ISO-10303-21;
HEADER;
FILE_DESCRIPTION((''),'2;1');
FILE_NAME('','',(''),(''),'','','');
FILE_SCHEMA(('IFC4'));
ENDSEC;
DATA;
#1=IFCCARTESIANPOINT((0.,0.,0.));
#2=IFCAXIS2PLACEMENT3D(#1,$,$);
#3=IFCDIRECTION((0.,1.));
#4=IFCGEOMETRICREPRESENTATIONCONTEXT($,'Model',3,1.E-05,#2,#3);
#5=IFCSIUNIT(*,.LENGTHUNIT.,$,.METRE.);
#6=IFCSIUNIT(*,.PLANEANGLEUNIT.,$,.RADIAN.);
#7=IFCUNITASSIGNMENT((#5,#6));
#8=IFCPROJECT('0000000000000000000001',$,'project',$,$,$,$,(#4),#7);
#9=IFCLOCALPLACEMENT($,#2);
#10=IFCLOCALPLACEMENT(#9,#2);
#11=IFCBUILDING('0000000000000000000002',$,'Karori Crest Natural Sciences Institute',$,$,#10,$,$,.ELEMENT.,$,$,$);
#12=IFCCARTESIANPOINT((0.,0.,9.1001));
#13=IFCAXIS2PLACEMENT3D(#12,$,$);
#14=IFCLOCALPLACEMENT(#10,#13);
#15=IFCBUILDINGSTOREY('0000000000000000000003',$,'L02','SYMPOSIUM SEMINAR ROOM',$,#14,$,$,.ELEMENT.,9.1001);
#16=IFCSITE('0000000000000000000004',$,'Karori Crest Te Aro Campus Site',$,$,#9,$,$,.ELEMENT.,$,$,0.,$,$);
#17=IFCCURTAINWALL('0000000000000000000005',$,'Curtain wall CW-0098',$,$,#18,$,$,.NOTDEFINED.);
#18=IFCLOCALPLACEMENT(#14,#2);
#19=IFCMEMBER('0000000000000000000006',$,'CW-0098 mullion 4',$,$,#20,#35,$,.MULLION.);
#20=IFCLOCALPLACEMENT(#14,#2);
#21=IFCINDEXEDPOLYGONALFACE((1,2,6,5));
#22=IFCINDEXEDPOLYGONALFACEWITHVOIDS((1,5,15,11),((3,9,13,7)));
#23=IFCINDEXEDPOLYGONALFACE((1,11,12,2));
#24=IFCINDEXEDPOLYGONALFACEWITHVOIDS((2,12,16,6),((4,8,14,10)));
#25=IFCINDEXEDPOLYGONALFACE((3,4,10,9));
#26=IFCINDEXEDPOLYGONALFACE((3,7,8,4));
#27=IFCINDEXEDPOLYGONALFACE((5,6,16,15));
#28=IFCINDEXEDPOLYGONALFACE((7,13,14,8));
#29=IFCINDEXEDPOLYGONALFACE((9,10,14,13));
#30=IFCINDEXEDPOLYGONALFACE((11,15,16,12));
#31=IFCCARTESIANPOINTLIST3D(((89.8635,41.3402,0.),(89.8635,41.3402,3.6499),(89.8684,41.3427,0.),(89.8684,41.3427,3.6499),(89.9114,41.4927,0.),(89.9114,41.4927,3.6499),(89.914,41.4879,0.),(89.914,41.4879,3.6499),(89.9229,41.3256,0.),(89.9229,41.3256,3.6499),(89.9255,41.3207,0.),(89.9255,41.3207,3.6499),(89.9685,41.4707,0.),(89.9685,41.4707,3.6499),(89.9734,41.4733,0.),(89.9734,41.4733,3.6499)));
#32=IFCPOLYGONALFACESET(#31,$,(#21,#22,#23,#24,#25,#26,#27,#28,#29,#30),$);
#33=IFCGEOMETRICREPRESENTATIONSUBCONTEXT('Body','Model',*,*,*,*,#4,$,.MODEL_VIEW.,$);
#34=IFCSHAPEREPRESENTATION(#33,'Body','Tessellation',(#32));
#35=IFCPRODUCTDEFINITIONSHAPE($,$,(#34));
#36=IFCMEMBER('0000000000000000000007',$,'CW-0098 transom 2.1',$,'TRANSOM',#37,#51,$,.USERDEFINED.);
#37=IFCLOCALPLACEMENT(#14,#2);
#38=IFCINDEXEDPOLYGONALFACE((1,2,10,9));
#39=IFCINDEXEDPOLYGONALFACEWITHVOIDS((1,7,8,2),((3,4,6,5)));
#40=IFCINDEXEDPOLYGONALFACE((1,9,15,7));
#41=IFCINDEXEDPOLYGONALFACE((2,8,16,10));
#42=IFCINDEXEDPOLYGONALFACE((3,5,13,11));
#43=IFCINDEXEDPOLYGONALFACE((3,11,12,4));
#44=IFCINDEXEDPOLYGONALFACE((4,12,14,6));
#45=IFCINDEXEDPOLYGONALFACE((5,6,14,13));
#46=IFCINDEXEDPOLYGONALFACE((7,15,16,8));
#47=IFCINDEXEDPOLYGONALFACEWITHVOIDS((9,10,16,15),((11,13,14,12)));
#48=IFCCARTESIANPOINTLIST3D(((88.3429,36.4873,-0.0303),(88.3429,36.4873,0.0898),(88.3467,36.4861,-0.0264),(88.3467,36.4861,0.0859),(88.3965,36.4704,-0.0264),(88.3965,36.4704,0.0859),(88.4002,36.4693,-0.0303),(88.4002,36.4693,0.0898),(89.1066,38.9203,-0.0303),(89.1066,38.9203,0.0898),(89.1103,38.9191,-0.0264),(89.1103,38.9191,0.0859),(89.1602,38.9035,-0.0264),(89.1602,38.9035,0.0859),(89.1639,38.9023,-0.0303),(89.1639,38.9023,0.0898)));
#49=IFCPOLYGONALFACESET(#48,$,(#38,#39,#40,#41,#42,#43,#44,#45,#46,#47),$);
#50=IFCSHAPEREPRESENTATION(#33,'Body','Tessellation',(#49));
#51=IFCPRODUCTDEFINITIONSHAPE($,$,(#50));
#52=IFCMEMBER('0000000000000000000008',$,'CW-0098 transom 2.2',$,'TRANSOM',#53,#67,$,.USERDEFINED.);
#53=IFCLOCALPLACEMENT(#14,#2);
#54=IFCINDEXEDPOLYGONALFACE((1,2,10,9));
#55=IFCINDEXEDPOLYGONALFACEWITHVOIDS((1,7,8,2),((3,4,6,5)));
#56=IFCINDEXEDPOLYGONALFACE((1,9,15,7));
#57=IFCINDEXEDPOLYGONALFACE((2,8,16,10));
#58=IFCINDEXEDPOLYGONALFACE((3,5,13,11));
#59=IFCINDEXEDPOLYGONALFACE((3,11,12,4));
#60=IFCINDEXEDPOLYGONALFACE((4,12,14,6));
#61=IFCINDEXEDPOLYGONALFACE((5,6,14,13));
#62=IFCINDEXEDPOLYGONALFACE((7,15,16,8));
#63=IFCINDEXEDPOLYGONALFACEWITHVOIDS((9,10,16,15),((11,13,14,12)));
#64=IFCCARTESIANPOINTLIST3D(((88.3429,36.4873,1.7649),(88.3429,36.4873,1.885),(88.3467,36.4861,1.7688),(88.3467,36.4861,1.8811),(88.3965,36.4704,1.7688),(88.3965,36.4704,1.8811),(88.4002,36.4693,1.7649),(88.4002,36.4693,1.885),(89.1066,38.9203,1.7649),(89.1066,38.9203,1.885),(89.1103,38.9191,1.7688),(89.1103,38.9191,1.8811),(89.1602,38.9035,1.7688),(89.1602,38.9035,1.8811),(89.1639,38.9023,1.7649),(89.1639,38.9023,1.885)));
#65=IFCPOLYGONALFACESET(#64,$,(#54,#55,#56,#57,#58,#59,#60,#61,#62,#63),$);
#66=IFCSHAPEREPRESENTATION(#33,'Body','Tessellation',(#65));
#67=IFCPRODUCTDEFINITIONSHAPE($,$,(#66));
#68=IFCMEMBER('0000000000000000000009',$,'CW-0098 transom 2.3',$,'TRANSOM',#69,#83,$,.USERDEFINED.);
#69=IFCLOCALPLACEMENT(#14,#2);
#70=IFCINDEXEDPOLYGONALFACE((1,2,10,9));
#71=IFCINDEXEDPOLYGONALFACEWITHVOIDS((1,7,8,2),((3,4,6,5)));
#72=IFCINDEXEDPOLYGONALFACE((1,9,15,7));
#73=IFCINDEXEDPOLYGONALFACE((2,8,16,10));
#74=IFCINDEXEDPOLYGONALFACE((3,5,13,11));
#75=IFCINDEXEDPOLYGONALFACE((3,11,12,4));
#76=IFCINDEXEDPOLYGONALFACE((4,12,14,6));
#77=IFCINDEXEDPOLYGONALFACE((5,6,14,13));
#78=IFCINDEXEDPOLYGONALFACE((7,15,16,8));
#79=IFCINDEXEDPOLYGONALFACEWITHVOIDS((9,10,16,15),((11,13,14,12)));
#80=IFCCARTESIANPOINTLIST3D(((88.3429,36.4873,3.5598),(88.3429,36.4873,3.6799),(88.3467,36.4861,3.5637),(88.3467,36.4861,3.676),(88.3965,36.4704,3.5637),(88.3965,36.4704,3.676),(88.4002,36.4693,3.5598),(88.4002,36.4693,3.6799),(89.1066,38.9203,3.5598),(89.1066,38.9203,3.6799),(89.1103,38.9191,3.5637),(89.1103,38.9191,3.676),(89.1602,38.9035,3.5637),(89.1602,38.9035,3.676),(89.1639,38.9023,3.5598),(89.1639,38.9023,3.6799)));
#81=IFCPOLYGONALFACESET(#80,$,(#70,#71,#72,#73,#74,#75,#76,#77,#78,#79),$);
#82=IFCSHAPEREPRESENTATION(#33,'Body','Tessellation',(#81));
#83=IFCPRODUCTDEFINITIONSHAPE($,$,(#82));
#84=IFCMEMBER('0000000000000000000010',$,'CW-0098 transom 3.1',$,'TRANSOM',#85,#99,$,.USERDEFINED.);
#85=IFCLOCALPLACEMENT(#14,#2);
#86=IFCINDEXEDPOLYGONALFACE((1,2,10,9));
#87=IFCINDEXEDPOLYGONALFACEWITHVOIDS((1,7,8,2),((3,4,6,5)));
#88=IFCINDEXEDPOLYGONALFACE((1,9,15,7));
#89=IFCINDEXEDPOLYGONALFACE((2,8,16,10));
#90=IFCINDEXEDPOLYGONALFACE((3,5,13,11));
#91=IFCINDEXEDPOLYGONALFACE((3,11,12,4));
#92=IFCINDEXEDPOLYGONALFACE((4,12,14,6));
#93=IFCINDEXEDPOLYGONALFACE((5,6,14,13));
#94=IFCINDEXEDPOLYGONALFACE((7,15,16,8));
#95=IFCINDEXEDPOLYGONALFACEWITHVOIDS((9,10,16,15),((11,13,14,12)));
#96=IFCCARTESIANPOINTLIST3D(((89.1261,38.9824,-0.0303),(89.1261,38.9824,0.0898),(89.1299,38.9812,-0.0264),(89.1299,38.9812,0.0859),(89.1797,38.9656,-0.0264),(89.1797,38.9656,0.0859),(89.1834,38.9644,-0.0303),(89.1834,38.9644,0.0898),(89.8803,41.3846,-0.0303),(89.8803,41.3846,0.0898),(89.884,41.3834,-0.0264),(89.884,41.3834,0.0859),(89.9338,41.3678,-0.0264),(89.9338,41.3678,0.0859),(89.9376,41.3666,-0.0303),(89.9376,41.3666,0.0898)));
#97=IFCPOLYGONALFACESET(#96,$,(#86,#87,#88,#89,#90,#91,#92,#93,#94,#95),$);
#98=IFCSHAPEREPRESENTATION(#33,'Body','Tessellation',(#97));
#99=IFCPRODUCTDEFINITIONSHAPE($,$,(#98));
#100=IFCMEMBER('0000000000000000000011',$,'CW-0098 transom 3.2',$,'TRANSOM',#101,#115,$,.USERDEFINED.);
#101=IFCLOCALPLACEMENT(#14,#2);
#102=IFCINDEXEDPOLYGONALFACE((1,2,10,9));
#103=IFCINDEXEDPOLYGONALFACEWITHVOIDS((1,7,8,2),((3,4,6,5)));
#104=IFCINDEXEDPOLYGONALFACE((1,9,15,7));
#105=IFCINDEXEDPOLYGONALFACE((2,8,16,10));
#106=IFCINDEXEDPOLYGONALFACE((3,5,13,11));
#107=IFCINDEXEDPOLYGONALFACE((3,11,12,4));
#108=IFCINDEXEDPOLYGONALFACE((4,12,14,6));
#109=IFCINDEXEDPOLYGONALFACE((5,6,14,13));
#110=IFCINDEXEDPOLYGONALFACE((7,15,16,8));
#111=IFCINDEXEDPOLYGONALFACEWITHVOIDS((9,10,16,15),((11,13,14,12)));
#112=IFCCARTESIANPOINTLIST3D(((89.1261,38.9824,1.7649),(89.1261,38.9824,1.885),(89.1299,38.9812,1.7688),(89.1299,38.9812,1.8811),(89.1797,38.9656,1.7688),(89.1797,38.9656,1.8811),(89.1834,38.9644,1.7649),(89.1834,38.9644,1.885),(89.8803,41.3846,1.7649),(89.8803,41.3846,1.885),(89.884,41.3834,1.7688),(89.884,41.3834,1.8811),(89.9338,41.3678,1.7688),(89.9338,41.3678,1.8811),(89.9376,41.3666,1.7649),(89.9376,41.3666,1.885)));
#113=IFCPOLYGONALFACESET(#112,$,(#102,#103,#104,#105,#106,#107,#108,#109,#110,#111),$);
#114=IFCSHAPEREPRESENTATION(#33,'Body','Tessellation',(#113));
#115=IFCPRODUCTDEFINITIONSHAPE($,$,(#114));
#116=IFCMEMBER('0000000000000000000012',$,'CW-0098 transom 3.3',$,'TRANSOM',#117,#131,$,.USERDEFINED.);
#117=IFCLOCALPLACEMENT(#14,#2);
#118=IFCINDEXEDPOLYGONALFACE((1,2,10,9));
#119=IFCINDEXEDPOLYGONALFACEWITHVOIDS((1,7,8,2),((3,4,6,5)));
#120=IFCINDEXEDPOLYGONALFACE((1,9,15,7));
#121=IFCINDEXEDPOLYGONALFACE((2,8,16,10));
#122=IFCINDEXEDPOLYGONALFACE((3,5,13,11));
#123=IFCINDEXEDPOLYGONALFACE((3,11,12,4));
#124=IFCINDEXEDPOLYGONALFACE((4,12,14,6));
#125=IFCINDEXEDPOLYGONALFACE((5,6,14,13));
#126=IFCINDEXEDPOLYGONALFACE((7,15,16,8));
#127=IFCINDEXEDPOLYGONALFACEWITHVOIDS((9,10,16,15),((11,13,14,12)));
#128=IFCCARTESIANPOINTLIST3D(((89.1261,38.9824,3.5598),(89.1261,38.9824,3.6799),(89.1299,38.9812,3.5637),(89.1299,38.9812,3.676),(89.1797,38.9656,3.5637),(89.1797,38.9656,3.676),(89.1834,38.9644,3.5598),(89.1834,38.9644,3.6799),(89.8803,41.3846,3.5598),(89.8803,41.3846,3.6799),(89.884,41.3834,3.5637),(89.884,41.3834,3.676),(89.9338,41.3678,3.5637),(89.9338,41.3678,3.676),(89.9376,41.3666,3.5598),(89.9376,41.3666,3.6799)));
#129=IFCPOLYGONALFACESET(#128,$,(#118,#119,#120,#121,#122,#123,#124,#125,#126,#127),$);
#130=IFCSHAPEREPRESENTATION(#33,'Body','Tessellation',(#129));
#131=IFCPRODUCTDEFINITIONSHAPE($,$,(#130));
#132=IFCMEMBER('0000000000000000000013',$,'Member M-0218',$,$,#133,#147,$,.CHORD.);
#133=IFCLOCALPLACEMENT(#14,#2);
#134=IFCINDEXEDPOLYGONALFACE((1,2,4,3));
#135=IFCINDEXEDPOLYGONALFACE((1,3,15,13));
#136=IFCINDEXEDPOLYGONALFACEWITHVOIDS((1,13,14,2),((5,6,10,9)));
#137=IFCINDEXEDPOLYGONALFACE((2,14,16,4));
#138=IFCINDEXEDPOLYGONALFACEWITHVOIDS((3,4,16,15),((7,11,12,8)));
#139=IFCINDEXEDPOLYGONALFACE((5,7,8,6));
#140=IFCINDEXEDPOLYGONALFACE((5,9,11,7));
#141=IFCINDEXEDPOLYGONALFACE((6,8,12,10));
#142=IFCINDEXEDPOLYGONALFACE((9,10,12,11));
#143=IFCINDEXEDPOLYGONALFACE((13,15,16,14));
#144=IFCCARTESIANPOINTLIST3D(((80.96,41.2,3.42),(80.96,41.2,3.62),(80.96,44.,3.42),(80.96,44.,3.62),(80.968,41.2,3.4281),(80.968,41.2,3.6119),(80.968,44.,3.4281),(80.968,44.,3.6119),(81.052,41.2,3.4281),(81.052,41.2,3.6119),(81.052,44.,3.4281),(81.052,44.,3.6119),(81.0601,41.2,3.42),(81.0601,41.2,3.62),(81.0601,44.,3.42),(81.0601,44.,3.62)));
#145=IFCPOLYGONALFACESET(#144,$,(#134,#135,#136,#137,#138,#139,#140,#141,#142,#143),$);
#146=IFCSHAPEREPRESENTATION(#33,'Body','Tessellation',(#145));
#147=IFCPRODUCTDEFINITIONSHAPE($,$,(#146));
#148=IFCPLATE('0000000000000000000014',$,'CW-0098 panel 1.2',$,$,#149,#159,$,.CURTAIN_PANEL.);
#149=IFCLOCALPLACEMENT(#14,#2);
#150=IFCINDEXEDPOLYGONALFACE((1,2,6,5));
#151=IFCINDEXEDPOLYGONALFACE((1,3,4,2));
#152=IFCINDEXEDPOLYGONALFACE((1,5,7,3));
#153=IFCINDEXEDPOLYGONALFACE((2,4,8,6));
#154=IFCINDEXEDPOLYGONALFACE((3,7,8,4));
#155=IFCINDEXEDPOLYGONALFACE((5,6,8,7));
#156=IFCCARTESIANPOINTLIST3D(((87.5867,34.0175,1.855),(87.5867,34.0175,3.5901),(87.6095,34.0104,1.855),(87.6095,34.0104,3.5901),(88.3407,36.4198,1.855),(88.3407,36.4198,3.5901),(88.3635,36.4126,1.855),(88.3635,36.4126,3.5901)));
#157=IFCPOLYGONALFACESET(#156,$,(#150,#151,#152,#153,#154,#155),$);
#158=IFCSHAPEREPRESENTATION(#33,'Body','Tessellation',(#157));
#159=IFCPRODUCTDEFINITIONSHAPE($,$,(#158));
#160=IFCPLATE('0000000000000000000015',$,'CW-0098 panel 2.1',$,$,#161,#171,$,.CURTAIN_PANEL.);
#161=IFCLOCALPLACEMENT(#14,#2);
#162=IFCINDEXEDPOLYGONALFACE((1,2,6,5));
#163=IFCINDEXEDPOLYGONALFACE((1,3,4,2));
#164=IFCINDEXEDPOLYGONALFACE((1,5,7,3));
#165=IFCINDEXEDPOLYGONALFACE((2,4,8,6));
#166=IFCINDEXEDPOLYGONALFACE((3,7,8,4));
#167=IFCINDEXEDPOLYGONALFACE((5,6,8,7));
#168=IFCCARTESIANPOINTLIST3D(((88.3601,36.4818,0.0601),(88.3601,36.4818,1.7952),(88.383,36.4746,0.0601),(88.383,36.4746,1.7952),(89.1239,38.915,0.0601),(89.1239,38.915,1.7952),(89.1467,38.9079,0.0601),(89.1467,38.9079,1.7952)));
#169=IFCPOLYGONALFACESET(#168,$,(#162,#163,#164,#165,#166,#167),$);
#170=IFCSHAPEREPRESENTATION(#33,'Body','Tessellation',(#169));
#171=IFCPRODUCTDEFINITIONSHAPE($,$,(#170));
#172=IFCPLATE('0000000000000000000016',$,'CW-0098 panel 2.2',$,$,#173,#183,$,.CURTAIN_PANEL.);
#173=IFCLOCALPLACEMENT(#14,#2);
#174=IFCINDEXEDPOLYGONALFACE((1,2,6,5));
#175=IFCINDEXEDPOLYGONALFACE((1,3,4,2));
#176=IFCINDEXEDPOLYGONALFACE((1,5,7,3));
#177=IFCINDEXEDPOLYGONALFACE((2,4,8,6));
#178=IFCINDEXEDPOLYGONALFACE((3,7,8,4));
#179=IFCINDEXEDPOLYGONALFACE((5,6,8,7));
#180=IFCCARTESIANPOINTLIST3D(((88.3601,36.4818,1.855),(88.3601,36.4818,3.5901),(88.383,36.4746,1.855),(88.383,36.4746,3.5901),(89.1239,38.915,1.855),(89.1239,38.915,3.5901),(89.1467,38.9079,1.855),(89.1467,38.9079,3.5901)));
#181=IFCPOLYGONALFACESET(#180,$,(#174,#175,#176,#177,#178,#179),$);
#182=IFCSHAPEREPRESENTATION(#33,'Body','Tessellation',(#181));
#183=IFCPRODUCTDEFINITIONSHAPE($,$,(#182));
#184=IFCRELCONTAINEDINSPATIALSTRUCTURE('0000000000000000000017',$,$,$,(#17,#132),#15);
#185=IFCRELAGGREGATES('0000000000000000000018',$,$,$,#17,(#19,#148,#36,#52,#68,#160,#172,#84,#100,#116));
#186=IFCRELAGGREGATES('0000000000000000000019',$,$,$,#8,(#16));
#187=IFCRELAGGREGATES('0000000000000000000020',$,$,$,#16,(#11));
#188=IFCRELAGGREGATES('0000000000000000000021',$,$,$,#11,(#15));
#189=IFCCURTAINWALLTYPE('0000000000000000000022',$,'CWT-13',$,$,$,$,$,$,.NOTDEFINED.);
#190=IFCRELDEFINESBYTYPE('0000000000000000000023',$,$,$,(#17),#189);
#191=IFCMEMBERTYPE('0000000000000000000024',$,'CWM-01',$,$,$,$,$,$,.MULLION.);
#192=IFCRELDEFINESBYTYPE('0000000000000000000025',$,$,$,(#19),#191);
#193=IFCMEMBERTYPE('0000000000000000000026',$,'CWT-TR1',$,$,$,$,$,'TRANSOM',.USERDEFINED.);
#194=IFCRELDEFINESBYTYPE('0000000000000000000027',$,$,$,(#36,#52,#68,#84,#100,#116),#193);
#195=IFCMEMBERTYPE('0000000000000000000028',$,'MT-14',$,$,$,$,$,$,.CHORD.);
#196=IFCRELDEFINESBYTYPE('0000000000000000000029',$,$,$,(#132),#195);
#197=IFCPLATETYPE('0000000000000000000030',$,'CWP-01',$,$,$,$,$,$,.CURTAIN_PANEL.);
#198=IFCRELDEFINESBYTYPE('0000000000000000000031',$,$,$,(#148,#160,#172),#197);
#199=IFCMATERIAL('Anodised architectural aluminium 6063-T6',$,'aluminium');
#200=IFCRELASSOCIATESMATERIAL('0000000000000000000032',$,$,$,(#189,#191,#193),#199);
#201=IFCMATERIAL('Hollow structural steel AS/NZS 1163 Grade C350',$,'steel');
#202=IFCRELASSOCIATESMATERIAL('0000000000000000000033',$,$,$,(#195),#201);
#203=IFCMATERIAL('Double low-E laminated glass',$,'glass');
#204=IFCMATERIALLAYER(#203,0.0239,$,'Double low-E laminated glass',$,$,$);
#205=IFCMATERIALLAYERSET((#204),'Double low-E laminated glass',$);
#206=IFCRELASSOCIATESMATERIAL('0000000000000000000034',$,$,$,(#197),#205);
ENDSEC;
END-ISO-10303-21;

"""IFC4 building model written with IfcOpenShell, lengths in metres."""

from ifc_helpers import new_model, si_unit, direction, frame, origin, origin_2d, place, context, subcontext, project, spatial, rectangle, hollow_rectangle, extrude, material, layer, layer_set, material_profile, profile_set, type_object, element, aggregate, save


model = new_model("IFC4")

# Units and contexts
model_context = context("Model", 3, precision=1e-05, world=origin(), true_north=direction((0.0, 1.0)))
body_context = subcontext(model_context, "Body", "Model", "MODEL_VIEW")
ifc_project = project(units=[si_unit("LENGTHUNIT", "METRE"), si_unit("PLANEANGLEUNIT", "RADIAN")], contexts=[model_context])

# Site, building, storey
site_placement = place(None, origin())
site = spatial("IfcSite", under=ifc_project, at=site_placement, Name="Karori Crest Te Aro Campus Site", CompositionType="ELEMENT", RefElevation=0.0)
building_placement = place(site_placement, origin())
building = spatial("IfcBuilding", under=site, at=building_placement, Name="Karori Crest Natural Sciences Institute", CompositionType="ELEMENT")
storey_placement = place(building_placement, frame((0.0, 0.0, 9.1001)))
storey = spatial("IfcBuildingStorey", under=building, at=storey_placement, Name="L02", Description="SYMPOSIUM SEMINAR ROOM", CompositionType="ELEMENT", Elevation=9.1001)

# Shared definitions
ifc_material_1 = material(Name="Hollow structural steel AS/NZS 1163 Grade C350", Category="steel")

# Curtain wall, members
ifc_material_2 = material(Name="Anodised architectural aluminium 6063-T6", Category="aluminium")
curtain_wall_type = type_object("IfcCurtainWallType", Name="CWT-13", PredefinedType="NOTDEFINED", material=ifc_material_2)
curtain_wall_placement = place(storey_placement, origin())
curtain_wall = element("IfcCurtainWall", 1, at=curtain_wall_placement, inside=storey, type_object=curtain_wall_type, Name="Curtain wall CW-0098", PredefinedType="NOTDEFINED")
ifc_material_profile_1 = material_profile(ifc_material_2, hollow_rectangle(XDim=0.0649, YDim=0.1599, WallThickness=0.0039, at=origin_2d()), Name="CWM160x65x4")
ifc_profile_set_1 = profile_set([ifc_material_profile_1], Name="Anodised architectural aluminium 6063-T6")
member_type_1 = type_object("IfcMemberType", Name="CWM-01", PredefinedType="MULLION", material=ifc_profile_set_1)
member_1_placement = place(storey_placement, frame((89.9185, 41.4067, 0.0), z_axis=(0.0, 0.0, 1.0), x_axis=(-0.954104, 0.299477, 0.0)))
member_1 = element("IfcMember", 2, at=member_1_placement, type_object=member_type_1, Name="CW-0098 mullion 4", PredefinedType="MULLION", context=body_context, shape_type="SweptSolid", body=[
    extrude(hollow_rectangle(XDim=0.0649, YDim=0.1599, WallThickness=0.0039, at=origin_2d()), origin(), (0.0, 0.0, 1.0), 3.6499),
])
ifc_material_profile_2 = material_profile(ifc_material_2, hollow_rectangle(XDim=0.0601, YDim=0.1201, WallThickness=0.0039, at=origin_2d()), Name="CWT120x60x4")
ifc_profile_set_2 = profile_set([ifc_material_profile_2], Name="Anodised architectural aluminium 6063-T6")
member_type_2 = type_object("IfcMemberType", Name="CWT-TR1", ElementType="TRANSOM", PredefinedType="USERDEFINED", material=ifc_profile_set_2)
member_2_placement = place(storey_placement, frame((88.3716, 36.4783, 0.0298), z_axis=(0.299463, 0.954108, 0.0), x_axis=(-0.954108, 0.299463, 0.0)))
member_2 = element("IfcMember", 3, at=member_2_placement, type_object=member_type_2, Name="CW-0098 transom 2.1", ObjectType="TRANSOM", PredefinedType="USERDEFINED", context=body_context, shape_type="SweptSolid", body=[
    extrude(hollow_rectangle(XDim=0.0601, YDim=0.1201, WallThickness=0.0039, at=origin_2d()), origin(), (0.0, 0.0, 1.0), 2.55),
])
member_3_placement = place(storey_placement, frame((88.3716, 36.4783, 1.825), z_axis=(0.299463, 0.954108, 0.0), x_axis=(-0.954108, 0.299463, 0.0)))
member_3 = element("IfcMember", 4, at=member_3_placement, type_object=member_type_2, Name="CW-0098 transom 2.2", ObjectType="TRANSOM", PredefinedType="USERDEFINED", context=body_context, shape_type="SweptSolid", body=[
    extrude(hollow_rectangle(XDim=0.0601, YDim=0.1201, WallThickness=0.0039, at=origin_2d()), origin(), (0.0, 0.0, 1.0), 2.55),
])
member_4_placement = place(storey_placement, frame((88.3716, 36.4783, 3.6199), z_axis=(0.299463, 0.954108, 0.0), x_axis=(-0.954108, 0.299463, 0.0)))
member_4 = element("IfcMember", 5, at=member_4_placement, type_object=member_type_2, Name="CW-0098 transom 2.3", ObjectType="TRANSOM", PredefinedType="USERDEFINED", context=body_context, shape_type="SweptSolid", body=[
    extrude(hollow_rectangle(XDim=0.0601, YDim=0.1201, WallThickness=0.0039, at=origin_2d()), origin(), (0.0, 0.0, 1.0), 2.55),
])
member_5_placement = place(storey_placement, frame((89.1548, 38.9734, 0.0298), z_axis=(0.299511, 0.954093, 0.0), x_axis=(-0.954093, 0.299511, 0.0)))
member_5 = element("IfcMember", 6, at=member_5_placement, type_object=member_type_2, Name="CW-0098 transom 3.1", ObjectType="TRANSOM", PredefinedType="USERDEFINED", context=body_context, shape_type="SweptSolid", body=[
    extrude(hollow_rectangle(XDim=0.0601, YDim=0.1201, WallThickness=0.0039, at=origin_2d()), origin(), (0.0, 0.0, 1.0), 2.5178),
])
member_6_placement = place(storey_placement, frame((89.1548, 38.9734, 1.825), z_axis=(0.299511, 0.954093, 0.0), x_axis=(-0.954093, 0.299511, 0.0)))
member_6 = element("IfcMember", 7, at=member_6_placement, type_object=member_type_2, Name="CW-0098 transom 3.2", ObjectType="TRANSOM", PredefinedType="USERDEFINED", context=body_context, shape_type="SweptSolid", body=[
    extrude(hollow_rectangle(XDim=0.0601, YDim=0.1201, WallThickness=0.0039, at=origin_2d()), origin(), (0.0, 0.0, 1.0), 2.5178),
])
member_7_placement = place(storey_placement, frame((89.1548, 38.9734, 3.6199), z_axis=(0.299511, 0.954093, 0.0), x_axis=(-0.954093, 0.299511, 0.0)))
member_7 = element("IfcMember", 8, at=member_7_placement, type_object=member_type_2, Name="CW-0098 transom 3.3", ObjectType="TRANSOM", PredefinedType="USERDEFINED", context=body_context, shape_type="SweptSolid", body=[
    extrude(hollow_rectangle(XDim=0.0601, YDim=0.1201, WallThickness=0.0039, at=origin_2d()), origin(), (0.0, 0.0, 1.0), 2.5178),
])

# Member
ifc_material_profile_3 = material_profile(ifc_material_1, hollow_rectangle(XDim=0.1001, YDim=0.2, WallThickness=0.0081, at=origin_2d()), Name="RHS200x100x8")
ifc_profile_set_3 = profile_set([ifc_material_profile_3], Name="Hollow structural steel AS/NZS 1163 Grade C350")
member_type_3 = type_object("IfcMemberType", Name="MT-14", PredefinedType="CHORD", material=ifc_profile_set_3)
member_8_placement = place(storey_placement, frame((81.01, 41.2, 3.52), z_axis=(0.0, 1.0, 0.0), x_axis=(-1.0, 0.0, 0.0)))
element("IfcMember", 9, at=member_8_placement, inside=storey, type_object=member_type_3, Name="Member M-0218", PredefinedType="CHORD", context=body_context, shape_type="SweptSolid", body=[
    extrude(hollow_rectangle(XDim=0.1001, YDim=0.2, WallThickness=0.0081, at=origin_2d()), origin(), (0.0, 0.0, 1.0), 2.8),
])

# Plates
ifc_material_3 = material(Name="Double low-E laminated glass", Category="glass")
ifc_layer_1 = layer(ifc_material_3, 0.0239, Name="Double low-E laminated glass")
ifc_layer_set_1 = layer_set([ifc_layer_1], Name="Double low-E laminated glass")
plate_type = type_object("IfcPlateType", Name="CWP-01", PredefinedType="CURTAIN_PANEL", material=ifc_layer_set_1)
plate_1_placement = place(storey_placement, frame((87.9751, 35.2151, 1.855), z_axis=(0.0, 0.0, 1.0), x_axis=(0.299477, 0.954104, 0.0)))
plate_1 = element("IfcPlate", 10, at=plate_1_placement, type_object=plate_type, Name="CW-0098 panel 1.2", PredefinedType="CURTAIN_PANEL", context=body_context, shape_type="SweptSolid", body=[
    extrude(rectangle(XDim=2.5178, YDim=0.0239, at=origin_2d()), origin(), (0.0, 0.0, 1.0), 1.7351),
])
plate_2_placement = place(storey_placement, frame((88.7534, 37.6948, 0.0601), z_axis=(0.0, 0.0, 1.0), x_axis=(0.299477, 0.954104, 0.0)))
plate_2 = element("IfcPlate", 11, at=plate_2_placement, type_object=plate_type, Name="CW-0098 panel 2.1", PredefinedType="CURTAIN_PANEL", context=body_context, shape_type="SweptSolid", body=[
    extrude(rectangle(XDim=2.5503, YDim=0.0239, at=origin_2d()), origin(), (0.0, 0.0, 1.0), 1.7351),
])
plate_3_placement = place(storey_placement, frame((88.7534, 37.6948, 1.855), z_axis=(0.0, 0.0, 1.0), x_axis=(0.299477, 0.954104, 0.0)))
plate_3 = element("IfcPlate", 12, at=plate_3_placement, type_object=plate_type, Name="CW-0098 panel 2.2", PredefinedType="CURTAIN_PANEL", context=body_context, shape_type="SweptSolid", body=[
    extrude(rectangle(XDim=2.5503, YDim=0.0239, at=origin_2d()), origin(), (0.0, 0.0, 1.0), 1.7351),
])
aggregate(curtain_wall, [member_1, plate_1, member_2, member_3, member_4, plate_2, plate_3, member_5, member_6, member_7])

save(model, "model.ifc")
